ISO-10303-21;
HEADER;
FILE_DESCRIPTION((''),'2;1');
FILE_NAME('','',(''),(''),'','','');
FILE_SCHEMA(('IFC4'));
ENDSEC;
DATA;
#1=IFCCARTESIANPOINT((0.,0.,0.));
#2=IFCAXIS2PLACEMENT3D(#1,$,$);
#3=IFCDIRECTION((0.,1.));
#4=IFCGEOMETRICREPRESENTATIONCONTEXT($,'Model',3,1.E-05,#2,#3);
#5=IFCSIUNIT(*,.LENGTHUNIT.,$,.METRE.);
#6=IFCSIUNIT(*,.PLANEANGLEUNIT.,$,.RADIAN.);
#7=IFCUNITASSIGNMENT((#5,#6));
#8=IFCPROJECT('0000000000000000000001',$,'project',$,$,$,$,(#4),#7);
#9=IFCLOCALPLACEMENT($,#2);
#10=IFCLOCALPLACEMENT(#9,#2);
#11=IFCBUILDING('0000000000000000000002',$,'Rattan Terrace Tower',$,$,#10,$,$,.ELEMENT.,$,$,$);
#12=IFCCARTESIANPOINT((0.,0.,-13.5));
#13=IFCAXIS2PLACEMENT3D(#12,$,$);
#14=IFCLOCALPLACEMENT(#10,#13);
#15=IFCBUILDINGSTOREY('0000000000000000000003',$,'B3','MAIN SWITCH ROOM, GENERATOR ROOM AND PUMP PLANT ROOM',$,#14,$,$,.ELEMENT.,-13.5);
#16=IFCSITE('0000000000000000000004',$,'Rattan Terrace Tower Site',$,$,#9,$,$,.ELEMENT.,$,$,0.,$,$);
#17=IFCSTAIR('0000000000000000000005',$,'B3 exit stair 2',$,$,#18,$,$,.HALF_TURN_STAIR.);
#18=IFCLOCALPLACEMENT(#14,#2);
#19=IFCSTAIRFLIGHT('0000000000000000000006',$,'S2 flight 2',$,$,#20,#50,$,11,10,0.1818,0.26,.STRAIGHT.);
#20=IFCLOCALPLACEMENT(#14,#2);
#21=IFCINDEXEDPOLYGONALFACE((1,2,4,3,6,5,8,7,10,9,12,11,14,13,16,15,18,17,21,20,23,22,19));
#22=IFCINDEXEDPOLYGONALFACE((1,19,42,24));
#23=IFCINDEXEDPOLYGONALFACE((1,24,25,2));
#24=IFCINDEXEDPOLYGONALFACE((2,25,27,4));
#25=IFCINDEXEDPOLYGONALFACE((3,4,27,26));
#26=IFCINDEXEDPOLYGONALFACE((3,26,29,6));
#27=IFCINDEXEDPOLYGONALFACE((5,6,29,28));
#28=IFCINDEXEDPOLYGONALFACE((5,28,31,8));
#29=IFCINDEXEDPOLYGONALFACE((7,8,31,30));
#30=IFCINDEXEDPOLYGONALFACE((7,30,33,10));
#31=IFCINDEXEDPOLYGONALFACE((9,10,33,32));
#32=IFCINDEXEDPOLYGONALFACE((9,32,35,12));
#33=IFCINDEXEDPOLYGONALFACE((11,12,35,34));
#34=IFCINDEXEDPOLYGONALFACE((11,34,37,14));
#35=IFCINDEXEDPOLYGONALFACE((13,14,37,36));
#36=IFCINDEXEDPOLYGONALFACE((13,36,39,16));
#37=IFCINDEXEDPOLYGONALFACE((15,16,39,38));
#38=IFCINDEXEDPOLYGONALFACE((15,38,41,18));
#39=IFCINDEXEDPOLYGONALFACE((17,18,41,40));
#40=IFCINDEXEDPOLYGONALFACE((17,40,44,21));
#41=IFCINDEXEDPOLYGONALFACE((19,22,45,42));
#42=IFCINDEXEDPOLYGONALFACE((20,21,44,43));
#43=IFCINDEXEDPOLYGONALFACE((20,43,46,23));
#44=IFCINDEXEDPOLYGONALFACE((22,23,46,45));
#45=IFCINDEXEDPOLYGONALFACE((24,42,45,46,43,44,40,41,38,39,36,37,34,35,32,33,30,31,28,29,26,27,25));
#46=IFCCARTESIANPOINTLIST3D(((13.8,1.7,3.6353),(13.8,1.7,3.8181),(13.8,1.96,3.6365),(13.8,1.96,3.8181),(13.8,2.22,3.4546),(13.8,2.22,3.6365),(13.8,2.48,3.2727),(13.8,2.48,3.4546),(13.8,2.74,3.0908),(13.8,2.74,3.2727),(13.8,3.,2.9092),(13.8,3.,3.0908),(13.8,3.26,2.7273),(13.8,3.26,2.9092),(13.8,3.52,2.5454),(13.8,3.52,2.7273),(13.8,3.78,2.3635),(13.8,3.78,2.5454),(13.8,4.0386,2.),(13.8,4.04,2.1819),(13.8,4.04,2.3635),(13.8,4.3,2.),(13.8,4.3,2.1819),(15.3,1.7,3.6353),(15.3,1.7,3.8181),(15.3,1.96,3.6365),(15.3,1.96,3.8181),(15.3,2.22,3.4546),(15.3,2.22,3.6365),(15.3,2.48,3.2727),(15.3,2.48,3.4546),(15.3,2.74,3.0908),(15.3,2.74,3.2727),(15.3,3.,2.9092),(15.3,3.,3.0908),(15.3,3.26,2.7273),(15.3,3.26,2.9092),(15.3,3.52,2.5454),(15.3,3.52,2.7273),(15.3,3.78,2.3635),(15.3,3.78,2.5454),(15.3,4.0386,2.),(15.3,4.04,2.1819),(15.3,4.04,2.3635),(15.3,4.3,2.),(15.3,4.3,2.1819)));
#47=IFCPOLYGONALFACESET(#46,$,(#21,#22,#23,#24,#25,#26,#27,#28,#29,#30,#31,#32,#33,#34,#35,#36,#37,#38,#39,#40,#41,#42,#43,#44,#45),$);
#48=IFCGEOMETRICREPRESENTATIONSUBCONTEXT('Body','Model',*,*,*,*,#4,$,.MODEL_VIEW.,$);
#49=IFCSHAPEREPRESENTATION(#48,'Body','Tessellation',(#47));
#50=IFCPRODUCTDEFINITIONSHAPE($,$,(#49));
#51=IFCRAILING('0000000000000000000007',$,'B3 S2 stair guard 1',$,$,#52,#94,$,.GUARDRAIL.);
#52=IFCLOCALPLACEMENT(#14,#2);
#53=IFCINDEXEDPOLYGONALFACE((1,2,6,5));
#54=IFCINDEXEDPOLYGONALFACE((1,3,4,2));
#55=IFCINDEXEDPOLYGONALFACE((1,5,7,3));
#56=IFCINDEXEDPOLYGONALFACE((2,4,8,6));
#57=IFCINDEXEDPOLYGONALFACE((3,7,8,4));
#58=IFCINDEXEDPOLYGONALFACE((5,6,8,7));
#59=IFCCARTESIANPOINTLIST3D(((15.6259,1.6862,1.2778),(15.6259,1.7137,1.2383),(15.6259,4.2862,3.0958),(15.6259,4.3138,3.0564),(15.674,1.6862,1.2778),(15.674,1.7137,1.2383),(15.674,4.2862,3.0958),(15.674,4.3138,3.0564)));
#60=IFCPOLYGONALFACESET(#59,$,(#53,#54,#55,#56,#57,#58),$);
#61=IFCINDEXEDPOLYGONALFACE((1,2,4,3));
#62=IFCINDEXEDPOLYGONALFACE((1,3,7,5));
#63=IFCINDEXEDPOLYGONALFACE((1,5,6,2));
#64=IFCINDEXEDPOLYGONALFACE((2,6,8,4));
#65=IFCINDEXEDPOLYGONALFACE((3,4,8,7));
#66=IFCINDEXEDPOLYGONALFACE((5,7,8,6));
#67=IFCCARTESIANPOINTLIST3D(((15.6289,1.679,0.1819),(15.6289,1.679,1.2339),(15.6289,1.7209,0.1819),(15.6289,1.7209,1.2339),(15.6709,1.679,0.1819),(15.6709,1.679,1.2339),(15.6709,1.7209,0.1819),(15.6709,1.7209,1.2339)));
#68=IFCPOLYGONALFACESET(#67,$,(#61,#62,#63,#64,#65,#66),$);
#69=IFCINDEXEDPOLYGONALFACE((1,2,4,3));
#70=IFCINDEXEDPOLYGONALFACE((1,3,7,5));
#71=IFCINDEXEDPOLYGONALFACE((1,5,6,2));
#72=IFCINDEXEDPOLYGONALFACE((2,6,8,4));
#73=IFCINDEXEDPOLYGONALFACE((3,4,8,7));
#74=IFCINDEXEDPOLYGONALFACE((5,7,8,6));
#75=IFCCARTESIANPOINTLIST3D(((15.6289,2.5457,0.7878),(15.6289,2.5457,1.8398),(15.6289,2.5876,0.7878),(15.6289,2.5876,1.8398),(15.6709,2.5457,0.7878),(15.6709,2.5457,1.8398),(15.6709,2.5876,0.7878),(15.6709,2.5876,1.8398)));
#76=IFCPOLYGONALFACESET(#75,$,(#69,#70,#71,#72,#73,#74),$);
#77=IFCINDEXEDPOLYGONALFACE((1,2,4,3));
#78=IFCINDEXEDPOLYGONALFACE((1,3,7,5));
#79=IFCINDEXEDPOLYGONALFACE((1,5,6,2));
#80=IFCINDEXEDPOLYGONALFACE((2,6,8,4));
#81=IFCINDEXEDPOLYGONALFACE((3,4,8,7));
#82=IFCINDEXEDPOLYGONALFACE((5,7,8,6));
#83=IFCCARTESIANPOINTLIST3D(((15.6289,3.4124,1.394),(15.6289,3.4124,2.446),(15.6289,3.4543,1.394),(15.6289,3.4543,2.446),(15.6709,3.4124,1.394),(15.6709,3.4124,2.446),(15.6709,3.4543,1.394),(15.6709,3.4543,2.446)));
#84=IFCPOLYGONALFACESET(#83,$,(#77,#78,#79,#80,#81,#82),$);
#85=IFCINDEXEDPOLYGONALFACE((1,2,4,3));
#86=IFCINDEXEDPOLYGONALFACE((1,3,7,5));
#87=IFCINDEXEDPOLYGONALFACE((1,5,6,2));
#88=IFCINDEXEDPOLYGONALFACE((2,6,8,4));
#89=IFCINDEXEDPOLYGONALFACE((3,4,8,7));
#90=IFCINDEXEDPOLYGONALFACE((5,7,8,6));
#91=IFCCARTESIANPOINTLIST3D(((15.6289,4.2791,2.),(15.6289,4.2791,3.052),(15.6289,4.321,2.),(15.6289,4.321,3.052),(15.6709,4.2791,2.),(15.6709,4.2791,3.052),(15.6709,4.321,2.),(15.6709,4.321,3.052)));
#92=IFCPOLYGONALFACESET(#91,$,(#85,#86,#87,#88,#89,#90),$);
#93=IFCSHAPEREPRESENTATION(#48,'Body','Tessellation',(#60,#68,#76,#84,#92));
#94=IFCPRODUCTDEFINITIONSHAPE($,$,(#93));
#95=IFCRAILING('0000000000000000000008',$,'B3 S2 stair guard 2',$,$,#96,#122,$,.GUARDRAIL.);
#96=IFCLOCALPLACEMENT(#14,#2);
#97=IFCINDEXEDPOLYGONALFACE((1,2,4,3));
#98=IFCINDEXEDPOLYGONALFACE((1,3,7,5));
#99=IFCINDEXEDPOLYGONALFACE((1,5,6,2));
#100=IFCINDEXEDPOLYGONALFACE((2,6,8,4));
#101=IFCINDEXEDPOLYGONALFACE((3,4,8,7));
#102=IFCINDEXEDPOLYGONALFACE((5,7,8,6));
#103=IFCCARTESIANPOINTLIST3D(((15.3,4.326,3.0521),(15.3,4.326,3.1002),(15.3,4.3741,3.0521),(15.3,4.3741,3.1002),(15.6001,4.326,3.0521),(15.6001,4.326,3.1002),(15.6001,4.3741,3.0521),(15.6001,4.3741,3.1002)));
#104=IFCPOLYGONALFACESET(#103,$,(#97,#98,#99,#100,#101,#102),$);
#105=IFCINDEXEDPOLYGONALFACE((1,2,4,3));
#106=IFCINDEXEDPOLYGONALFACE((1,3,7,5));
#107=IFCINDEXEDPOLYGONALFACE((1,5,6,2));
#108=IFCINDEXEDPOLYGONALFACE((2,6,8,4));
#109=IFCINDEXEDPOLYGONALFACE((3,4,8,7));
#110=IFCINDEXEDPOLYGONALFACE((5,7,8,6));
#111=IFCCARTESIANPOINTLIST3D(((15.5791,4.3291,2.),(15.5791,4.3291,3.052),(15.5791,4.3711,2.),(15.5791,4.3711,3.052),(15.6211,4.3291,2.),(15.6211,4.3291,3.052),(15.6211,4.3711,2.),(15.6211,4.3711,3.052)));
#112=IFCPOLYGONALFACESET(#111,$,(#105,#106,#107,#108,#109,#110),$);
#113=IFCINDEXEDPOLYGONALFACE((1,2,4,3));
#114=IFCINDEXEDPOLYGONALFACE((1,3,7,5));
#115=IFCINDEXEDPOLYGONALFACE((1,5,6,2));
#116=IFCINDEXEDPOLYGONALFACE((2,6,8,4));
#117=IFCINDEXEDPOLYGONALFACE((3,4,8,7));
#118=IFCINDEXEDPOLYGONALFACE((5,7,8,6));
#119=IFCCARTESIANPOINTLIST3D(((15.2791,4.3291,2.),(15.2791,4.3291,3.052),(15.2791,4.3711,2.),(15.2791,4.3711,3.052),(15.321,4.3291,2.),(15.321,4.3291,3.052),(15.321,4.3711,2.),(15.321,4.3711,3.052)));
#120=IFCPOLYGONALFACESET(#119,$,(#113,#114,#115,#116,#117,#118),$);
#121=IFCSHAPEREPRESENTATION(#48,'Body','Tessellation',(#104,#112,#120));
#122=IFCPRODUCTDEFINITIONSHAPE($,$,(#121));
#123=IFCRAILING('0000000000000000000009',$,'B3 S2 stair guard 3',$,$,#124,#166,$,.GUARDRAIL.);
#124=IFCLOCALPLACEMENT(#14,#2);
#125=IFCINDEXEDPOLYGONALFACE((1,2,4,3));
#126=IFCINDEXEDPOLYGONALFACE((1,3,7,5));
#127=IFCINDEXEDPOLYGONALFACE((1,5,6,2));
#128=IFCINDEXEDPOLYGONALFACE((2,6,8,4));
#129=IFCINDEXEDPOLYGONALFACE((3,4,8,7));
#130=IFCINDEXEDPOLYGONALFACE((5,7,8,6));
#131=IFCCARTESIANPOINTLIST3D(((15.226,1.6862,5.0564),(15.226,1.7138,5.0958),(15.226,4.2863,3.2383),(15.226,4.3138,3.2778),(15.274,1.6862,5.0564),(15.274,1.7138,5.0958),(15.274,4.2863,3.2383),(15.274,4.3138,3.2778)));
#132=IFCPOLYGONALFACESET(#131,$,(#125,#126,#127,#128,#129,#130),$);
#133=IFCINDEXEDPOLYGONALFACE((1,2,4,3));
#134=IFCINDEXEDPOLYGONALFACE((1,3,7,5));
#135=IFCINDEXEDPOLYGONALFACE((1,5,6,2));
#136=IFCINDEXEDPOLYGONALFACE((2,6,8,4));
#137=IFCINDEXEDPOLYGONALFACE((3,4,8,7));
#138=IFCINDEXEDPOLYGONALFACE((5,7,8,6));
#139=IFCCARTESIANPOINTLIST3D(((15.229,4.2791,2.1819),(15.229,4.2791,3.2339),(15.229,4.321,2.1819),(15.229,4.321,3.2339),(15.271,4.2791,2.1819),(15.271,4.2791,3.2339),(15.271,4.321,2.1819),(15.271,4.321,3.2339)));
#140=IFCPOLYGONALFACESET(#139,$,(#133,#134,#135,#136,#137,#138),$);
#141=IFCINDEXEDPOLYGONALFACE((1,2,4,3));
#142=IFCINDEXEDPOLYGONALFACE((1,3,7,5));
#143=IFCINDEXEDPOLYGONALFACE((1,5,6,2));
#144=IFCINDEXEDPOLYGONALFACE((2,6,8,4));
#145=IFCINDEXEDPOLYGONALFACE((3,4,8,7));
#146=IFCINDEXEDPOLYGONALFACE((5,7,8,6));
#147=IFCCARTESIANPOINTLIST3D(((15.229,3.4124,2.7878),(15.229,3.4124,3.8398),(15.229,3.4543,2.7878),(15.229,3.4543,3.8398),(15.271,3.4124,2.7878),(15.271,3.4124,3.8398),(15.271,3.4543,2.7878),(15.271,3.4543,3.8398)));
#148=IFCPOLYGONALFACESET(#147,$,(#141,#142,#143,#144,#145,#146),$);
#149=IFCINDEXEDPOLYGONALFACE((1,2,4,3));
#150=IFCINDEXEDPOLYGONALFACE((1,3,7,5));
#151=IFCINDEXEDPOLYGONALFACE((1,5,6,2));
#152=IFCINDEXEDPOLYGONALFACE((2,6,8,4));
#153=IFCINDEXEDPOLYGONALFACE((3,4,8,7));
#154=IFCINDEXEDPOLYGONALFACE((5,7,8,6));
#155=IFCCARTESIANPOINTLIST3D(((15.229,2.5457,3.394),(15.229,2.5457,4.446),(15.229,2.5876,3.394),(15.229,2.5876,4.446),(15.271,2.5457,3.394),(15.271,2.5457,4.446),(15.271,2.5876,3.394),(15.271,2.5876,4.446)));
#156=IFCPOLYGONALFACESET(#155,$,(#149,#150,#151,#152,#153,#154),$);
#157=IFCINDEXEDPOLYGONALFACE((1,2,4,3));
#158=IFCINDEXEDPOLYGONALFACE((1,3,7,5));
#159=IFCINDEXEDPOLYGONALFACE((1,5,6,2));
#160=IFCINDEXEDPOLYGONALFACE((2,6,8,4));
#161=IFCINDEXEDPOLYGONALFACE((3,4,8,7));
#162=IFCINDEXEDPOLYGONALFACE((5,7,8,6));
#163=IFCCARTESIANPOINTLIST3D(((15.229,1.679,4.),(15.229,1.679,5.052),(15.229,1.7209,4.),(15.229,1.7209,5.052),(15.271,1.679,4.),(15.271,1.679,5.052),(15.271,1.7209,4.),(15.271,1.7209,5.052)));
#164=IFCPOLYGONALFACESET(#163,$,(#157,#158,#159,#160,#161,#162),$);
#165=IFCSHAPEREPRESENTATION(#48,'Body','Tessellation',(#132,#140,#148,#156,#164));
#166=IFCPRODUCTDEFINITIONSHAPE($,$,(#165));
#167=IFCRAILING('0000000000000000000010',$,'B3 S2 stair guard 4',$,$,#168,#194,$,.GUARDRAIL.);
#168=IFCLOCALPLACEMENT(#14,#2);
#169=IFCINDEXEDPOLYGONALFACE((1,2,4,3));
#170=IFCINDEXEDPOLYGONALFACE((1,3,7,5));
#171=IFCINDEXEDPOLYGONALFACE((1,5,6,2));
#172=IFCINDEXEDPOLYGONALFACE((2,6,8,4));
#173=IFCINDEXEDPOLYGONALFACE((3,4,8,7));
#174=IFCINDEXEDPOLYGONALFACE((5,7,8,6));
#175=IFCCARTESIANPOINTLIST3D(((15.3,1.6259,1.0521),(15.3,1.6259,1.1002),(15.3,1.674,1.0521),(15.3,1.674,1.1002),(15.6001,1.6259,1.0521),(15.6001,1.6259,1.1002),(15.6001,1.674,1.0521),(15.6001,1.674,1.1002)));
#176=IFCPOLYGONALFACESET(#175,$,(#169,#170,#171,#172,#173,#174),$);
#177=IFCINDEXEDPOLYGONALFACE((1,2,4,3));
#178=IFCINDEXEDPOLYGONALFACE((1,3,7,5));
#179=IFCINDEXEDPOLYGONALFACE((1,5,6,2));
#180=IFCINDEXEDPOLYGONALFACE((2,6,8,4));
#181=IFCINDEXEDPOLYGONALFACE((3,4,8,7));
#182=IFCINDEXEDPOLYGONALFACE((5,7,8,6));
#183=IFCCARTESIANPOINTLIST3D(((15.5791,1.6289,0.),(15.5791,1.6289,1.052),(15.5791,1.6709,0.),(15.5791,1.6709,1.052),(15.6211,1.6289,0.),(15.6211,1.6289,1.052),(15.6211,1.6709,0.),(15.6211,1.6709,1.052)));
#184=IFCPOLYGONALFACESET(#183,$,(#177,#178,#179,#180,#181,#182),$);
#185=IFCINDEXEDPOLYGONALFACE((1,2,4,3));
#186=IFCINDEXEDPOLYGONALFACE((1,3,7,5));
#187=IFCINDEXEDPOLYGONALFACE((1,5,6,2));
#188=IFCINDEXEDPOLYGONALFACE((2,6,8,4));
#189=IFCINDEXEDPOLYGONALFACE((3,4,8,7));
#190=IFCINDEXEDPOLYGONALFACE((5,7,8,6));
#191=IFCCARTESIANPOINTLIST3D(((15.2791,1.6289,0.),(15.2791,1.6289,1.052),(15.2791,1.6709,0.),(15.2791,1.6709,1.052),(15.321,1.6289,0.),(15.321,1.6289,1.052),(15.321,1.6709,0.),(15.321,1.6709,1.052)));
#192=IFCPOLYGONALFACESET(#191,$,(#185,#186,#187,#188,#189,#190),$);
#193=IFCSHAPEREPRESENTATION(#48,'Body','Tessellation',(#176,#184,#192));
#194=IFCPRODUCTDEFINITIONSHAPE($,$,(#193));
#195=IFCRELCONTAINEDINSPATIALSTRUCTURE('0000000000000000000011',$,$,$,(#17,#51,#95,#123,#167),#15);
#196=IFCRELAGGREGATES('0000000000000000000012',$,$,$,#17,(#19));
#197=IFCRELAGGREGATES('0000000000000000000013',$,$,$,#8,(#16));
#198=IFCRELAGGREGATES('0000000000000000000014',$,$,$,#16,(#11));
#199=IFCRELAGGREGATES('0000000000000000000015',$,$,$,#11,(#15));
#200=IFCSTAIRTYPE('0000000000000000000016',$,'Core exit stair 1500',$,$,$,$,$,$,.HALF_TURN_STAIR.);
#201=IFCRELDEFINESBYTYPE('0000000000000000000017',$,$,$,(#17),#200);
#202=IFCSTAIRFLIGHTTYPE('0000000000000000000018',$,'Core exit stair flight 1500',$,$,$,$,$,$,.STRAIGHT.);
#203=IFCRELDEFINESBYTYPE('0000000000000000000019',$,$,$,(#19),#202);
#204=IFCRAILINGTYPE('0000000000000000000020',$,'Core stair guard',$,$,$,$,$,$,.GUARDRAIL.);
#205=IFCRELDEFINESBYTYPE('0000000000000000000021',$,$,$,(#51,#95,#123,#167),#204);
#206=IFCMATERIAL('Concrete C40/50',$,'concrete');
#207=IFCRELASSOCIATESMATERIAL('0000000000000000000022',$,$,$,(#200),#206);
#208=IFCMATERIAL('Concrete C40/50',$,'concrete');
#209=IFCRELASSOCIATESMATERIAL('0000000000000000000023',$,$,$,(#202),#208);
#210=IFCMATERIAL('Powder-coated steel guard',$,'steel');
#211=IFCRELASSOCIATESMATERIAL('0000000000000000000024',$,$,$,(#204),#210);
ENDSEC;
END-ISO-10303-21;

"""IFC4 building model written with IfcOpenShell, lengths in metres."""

from ifc_helpers import new_model, si_unit, direction, frame, origin, origin_2d, place, context, subcontext, project, spatial, polyline, rectangle, outline, extrude, material, type_object, element, aggregate, save


model = new_model("IFC4")

# Units and contexts
model_context = context("Model", 3, precision=1e-05, world=origin(), true_north=direction((0.0, 1.0)))
body_context = subcontext(model_context, "Body", "Model", "MODEL_VIEW")
ifc_project = project(units=[si_unit("LENGTHUNIT", "METRE"), si_unit("PLANEANGLEUNIT", "RADIAN")], contexts=[model_context])

# Site, building, storey
site_placement = place(None, origin())
site = spatial("IfcSite", under=ifc_project, at=site_placement, Name="Rattan Terrace Tower Site", CompositionType="ELEMENT", RefElevation=0.0)
building_placement = place(site_placement, origin())
building = spatial("IfcBuilding", under=site, at=building_placement, Name="Rattan Terrace Tower", CompositionType="ELEMENT")
storey_placement = place(building_placement, frame((0.0, 0.0, -13.5)))
storey = spatial("IfcBuildingStorey", under=building, at=storey_placement, Name="B3", Description="MAIN SWITCH ROOM, GENERATOR ROOM AND PUMP PLANT ROOM", CompositionType="ELEMENT", Elevation=-13.5)

# Stair, stair flight
ifc_material_1 = material(Name="Concrete C40/50", Category="concrete")
stair_type = type_object("IfcStairType", Name="Core exit stair 1500", PredefinedType="HALF_TURN_STAIR", material=ifc_material_1)
stair_placement = place(storey_placement, origin())
stair = element("IfcStair", 1, at=stair_placement, inside=storey, type_object=stair_type, Name="B3 exit stair 2", PredefinedType="HALF_TURN_STAIR")
ifc_material_2 = material(Name="Concrete C40/50", Category="concrete")
stair_flight_type = type_object("IfcStairFlightType", Name="Core exit stair flight 1500", PredefinedType="STRAIGHT", material=ifc_material_2)
stair_flight_1_placement = place(storey_placement, frame((14.55, 4.3, 2.0), z_axis=(0.0, 0.0, 1.0), x_axis=(0.0, -1.0, 0.0)))
stair_flight_1 = element("IfcStairFlight", 2, at=stair_flight_1_placement, type_object=stair_flight_type, Name="S2 flight 2", NumberOfRisers=11, NumberOfTreads=10, PredefinedType="STRAIGHT", RiserHeight=0.1818, TreadLength=0.26, context=body_context, shape_type="SweptSolid", body=[
    extrude(outline(polyline([(0.0, 0.0), (0.0, 0.1819), (0.26, 0.1819), (0.26, 0.3635), (0.52, 0.3635), (0.52, 0.5454), (0.78, 0.5454), (0.78, 0.7273), (1.04, 0.7273), (1.04, 0.9092), (1.3, 0.9092), (1.3, 1.0908), (1.5601, 1.0908), (1.5601, 1.2727), (1.8201, 1.2727), (1.8201, 1.4546), (2.0801, 1.4546), (2.0801, 1.6365), (2.3401, 1.6365), (2.3401, 1.8181), (2.6001, 1.8181), (2.6001, 2.0), (2.6001, 1.6353), (0.2615, 0.0), (0.0, 0.0)])), frame((0.0, 0.75, 0.0), z_axis=(0.0, -1.0, 0.0), x_axis=(1.0, 0.0, 0.0)), (0.0, 0.0, 1.0), 1.5),
])
aggregate(stair, [stair_flight_1])

# Railings
ifc_material_3 = material(Name="Powder-coated steel guard", Category="steel")
railing_type_1 = type_object("IfcRailingType", Name="Core stair guard", PredefinedType="GUARDRAIL", material=ifc_material_3)
railing_1_placement = place(storey_placement, frame((15.6499, 1.7, 0.1819)))
element("IfcRailing", 3, at=railing_1_placement, inside=storey, type_object=railing_type_1, Name="B3 S2 stair guard 1", PredefinedType="GUARDRAIL", context=body_context, shape_type="SweptSolid", body=[
    extrude(rectangle(XDim=0.0481, YDim=0.0481, at=origin_2d()), frame((0.0, 0.0, 1.0762), z_axis=(0.0, 0.819521, 0.573049), x_axis=(-1.0, 0.0, 0.0)), (0.0, 0.0, 1.0), 3.1726),
    extrude(rectangle(XDim=0.042, YDim=0.042, at=origin_2d()), origin(), (0.0, 0.0, 1.0), 1.052),
    extrude(rectangle(XDim=0.042, YDim=0.042, at=origin_2d()), frame((0.0, 0.8667, 0.606)), (0.0, 0.0, 1.0), 1.052),
    extrude(rectangle(XDim=0.042, YDim=0.042, at=origin_2d()), frame((0.0, 1.7334, 1.2122)), (0.0, 0.0, 1.0), 1.052),
    extrude(rectangle(XDim=0.042, YDim=0.042, at=origin_2d()), frame((0.0, 2.6001, 1.8181)), (0.0, 0.0, 1.0), 1.052),
])
railing_2_placement = place(storey_placement, frame((15.6001, 4.3501, 2.0)))
element("IfcRailing", 4, at=railing_2_placement, inside=storey, type_object=railing_type_1, Name="B3 S2 stair guard 2", PredefinedType="GUARDRAIL", context=body_context, shape_type="SweptSolid", body=[
    extrude(rectangle(XDim=0.0481, YDim=0.0481, at=origin_2d()), frame((0.0, 0.0, 1.0762), z_axis=(-1.0, 0.0, 0.0), x_axis=(0.0, -1.0, 0.0)), (0.0, 0.0, 1.0), 0.3),
    extrude(rectangle(XDim=0.042, YDim=0.042, at=origin_2d()), origin(), (0.0, 0.0, 1.0), 1.052),
    extrude(rectangle(XDim=0.042, YDim=0.042, at=origin_2d()), frame((-0.3, 0.0, 0.0)), (0.0, 0.0, 1.0), 1.052),
])
railing_3_placement = place(storey_placement, frame((15.25, 4.3, 2.1819)))
element("IfcRailing", 5, at=railing_3_placement, inside=storey, type_object=railing_type_1, Name="B3 S2 stair guard 3", PredefinedType="GUARDRAIL", context=body_context, shape_type="SweptSolid", body=[
    extrude(rectangle(XDim=0.0481, YDim=0.0481, at=origin_2d()), frame((0.0, 0.0, 1.0762), z_axis=(0.0, -0.819521, 0.573049), x_axis=(1.0, 0.0, 0.0)), (0.0, 0.0, 1.0), 3.1726),
    extrude(rectangle(XDim=0.042, YDim=0.042, at=origin_2d()), origin(), (0.0, 0.0, 1.0), 1.052),
    extrude(rectangle(XDim=0.042, YDim=0.042, at=origin_2d()), frame((0.0, -0.8667, 0.606)), (0.0, 0.0, 1.0), 1.052),
    extrude(rectangle(XDim=0.042, YDim=0.042, at=origin_2d()), frame((0.0, -1.7334, 1.2122)), (0.0, 0.0, 1.0), 1.052),
    extrude(rectangle(XDim=0.042, YDim=0.042, at=origin_2d()), frame((0.0, -2.6001, 1.8181)), (0.0, 0.0, 1.0), 1.052),
])
railing_4_placement = place(storey_placement, frame((15.6001, 1.6499, 0.0)))
element("IfcRailing", 6, at=railing_4_placement, inside=storey, type_object=railing_type_1, Name="B3 S2 stair guard 4", PredefinedType="GUARDRAIL", context=body_context, shape_type="SweptSolid", body=[
    extrude(rectangle(XDim=0.0481, YDim=0.0481, at=origin_2d()), frame((0.0, 0.0, 1.0762), z_axis=(-1.0, 0.0, 0.0), x_axis=(0.0, -1.0, 0.0)), (0.0, 0.0, 1.0), 0.3),
    extrude(rectangle(XDim=0.042, YDim=0.042, at=origin_2d()), origin(), (0.0, 0.0, 1.0), 1.052),
    extrude(rectangle(XDim=0.042, YDim=0.042, at=origin_2d()), frame((-0.3, 0.0, 0.0)), (0.0, 0.0, 1.0), 1.052),
])

save(model, "model.ifc")
